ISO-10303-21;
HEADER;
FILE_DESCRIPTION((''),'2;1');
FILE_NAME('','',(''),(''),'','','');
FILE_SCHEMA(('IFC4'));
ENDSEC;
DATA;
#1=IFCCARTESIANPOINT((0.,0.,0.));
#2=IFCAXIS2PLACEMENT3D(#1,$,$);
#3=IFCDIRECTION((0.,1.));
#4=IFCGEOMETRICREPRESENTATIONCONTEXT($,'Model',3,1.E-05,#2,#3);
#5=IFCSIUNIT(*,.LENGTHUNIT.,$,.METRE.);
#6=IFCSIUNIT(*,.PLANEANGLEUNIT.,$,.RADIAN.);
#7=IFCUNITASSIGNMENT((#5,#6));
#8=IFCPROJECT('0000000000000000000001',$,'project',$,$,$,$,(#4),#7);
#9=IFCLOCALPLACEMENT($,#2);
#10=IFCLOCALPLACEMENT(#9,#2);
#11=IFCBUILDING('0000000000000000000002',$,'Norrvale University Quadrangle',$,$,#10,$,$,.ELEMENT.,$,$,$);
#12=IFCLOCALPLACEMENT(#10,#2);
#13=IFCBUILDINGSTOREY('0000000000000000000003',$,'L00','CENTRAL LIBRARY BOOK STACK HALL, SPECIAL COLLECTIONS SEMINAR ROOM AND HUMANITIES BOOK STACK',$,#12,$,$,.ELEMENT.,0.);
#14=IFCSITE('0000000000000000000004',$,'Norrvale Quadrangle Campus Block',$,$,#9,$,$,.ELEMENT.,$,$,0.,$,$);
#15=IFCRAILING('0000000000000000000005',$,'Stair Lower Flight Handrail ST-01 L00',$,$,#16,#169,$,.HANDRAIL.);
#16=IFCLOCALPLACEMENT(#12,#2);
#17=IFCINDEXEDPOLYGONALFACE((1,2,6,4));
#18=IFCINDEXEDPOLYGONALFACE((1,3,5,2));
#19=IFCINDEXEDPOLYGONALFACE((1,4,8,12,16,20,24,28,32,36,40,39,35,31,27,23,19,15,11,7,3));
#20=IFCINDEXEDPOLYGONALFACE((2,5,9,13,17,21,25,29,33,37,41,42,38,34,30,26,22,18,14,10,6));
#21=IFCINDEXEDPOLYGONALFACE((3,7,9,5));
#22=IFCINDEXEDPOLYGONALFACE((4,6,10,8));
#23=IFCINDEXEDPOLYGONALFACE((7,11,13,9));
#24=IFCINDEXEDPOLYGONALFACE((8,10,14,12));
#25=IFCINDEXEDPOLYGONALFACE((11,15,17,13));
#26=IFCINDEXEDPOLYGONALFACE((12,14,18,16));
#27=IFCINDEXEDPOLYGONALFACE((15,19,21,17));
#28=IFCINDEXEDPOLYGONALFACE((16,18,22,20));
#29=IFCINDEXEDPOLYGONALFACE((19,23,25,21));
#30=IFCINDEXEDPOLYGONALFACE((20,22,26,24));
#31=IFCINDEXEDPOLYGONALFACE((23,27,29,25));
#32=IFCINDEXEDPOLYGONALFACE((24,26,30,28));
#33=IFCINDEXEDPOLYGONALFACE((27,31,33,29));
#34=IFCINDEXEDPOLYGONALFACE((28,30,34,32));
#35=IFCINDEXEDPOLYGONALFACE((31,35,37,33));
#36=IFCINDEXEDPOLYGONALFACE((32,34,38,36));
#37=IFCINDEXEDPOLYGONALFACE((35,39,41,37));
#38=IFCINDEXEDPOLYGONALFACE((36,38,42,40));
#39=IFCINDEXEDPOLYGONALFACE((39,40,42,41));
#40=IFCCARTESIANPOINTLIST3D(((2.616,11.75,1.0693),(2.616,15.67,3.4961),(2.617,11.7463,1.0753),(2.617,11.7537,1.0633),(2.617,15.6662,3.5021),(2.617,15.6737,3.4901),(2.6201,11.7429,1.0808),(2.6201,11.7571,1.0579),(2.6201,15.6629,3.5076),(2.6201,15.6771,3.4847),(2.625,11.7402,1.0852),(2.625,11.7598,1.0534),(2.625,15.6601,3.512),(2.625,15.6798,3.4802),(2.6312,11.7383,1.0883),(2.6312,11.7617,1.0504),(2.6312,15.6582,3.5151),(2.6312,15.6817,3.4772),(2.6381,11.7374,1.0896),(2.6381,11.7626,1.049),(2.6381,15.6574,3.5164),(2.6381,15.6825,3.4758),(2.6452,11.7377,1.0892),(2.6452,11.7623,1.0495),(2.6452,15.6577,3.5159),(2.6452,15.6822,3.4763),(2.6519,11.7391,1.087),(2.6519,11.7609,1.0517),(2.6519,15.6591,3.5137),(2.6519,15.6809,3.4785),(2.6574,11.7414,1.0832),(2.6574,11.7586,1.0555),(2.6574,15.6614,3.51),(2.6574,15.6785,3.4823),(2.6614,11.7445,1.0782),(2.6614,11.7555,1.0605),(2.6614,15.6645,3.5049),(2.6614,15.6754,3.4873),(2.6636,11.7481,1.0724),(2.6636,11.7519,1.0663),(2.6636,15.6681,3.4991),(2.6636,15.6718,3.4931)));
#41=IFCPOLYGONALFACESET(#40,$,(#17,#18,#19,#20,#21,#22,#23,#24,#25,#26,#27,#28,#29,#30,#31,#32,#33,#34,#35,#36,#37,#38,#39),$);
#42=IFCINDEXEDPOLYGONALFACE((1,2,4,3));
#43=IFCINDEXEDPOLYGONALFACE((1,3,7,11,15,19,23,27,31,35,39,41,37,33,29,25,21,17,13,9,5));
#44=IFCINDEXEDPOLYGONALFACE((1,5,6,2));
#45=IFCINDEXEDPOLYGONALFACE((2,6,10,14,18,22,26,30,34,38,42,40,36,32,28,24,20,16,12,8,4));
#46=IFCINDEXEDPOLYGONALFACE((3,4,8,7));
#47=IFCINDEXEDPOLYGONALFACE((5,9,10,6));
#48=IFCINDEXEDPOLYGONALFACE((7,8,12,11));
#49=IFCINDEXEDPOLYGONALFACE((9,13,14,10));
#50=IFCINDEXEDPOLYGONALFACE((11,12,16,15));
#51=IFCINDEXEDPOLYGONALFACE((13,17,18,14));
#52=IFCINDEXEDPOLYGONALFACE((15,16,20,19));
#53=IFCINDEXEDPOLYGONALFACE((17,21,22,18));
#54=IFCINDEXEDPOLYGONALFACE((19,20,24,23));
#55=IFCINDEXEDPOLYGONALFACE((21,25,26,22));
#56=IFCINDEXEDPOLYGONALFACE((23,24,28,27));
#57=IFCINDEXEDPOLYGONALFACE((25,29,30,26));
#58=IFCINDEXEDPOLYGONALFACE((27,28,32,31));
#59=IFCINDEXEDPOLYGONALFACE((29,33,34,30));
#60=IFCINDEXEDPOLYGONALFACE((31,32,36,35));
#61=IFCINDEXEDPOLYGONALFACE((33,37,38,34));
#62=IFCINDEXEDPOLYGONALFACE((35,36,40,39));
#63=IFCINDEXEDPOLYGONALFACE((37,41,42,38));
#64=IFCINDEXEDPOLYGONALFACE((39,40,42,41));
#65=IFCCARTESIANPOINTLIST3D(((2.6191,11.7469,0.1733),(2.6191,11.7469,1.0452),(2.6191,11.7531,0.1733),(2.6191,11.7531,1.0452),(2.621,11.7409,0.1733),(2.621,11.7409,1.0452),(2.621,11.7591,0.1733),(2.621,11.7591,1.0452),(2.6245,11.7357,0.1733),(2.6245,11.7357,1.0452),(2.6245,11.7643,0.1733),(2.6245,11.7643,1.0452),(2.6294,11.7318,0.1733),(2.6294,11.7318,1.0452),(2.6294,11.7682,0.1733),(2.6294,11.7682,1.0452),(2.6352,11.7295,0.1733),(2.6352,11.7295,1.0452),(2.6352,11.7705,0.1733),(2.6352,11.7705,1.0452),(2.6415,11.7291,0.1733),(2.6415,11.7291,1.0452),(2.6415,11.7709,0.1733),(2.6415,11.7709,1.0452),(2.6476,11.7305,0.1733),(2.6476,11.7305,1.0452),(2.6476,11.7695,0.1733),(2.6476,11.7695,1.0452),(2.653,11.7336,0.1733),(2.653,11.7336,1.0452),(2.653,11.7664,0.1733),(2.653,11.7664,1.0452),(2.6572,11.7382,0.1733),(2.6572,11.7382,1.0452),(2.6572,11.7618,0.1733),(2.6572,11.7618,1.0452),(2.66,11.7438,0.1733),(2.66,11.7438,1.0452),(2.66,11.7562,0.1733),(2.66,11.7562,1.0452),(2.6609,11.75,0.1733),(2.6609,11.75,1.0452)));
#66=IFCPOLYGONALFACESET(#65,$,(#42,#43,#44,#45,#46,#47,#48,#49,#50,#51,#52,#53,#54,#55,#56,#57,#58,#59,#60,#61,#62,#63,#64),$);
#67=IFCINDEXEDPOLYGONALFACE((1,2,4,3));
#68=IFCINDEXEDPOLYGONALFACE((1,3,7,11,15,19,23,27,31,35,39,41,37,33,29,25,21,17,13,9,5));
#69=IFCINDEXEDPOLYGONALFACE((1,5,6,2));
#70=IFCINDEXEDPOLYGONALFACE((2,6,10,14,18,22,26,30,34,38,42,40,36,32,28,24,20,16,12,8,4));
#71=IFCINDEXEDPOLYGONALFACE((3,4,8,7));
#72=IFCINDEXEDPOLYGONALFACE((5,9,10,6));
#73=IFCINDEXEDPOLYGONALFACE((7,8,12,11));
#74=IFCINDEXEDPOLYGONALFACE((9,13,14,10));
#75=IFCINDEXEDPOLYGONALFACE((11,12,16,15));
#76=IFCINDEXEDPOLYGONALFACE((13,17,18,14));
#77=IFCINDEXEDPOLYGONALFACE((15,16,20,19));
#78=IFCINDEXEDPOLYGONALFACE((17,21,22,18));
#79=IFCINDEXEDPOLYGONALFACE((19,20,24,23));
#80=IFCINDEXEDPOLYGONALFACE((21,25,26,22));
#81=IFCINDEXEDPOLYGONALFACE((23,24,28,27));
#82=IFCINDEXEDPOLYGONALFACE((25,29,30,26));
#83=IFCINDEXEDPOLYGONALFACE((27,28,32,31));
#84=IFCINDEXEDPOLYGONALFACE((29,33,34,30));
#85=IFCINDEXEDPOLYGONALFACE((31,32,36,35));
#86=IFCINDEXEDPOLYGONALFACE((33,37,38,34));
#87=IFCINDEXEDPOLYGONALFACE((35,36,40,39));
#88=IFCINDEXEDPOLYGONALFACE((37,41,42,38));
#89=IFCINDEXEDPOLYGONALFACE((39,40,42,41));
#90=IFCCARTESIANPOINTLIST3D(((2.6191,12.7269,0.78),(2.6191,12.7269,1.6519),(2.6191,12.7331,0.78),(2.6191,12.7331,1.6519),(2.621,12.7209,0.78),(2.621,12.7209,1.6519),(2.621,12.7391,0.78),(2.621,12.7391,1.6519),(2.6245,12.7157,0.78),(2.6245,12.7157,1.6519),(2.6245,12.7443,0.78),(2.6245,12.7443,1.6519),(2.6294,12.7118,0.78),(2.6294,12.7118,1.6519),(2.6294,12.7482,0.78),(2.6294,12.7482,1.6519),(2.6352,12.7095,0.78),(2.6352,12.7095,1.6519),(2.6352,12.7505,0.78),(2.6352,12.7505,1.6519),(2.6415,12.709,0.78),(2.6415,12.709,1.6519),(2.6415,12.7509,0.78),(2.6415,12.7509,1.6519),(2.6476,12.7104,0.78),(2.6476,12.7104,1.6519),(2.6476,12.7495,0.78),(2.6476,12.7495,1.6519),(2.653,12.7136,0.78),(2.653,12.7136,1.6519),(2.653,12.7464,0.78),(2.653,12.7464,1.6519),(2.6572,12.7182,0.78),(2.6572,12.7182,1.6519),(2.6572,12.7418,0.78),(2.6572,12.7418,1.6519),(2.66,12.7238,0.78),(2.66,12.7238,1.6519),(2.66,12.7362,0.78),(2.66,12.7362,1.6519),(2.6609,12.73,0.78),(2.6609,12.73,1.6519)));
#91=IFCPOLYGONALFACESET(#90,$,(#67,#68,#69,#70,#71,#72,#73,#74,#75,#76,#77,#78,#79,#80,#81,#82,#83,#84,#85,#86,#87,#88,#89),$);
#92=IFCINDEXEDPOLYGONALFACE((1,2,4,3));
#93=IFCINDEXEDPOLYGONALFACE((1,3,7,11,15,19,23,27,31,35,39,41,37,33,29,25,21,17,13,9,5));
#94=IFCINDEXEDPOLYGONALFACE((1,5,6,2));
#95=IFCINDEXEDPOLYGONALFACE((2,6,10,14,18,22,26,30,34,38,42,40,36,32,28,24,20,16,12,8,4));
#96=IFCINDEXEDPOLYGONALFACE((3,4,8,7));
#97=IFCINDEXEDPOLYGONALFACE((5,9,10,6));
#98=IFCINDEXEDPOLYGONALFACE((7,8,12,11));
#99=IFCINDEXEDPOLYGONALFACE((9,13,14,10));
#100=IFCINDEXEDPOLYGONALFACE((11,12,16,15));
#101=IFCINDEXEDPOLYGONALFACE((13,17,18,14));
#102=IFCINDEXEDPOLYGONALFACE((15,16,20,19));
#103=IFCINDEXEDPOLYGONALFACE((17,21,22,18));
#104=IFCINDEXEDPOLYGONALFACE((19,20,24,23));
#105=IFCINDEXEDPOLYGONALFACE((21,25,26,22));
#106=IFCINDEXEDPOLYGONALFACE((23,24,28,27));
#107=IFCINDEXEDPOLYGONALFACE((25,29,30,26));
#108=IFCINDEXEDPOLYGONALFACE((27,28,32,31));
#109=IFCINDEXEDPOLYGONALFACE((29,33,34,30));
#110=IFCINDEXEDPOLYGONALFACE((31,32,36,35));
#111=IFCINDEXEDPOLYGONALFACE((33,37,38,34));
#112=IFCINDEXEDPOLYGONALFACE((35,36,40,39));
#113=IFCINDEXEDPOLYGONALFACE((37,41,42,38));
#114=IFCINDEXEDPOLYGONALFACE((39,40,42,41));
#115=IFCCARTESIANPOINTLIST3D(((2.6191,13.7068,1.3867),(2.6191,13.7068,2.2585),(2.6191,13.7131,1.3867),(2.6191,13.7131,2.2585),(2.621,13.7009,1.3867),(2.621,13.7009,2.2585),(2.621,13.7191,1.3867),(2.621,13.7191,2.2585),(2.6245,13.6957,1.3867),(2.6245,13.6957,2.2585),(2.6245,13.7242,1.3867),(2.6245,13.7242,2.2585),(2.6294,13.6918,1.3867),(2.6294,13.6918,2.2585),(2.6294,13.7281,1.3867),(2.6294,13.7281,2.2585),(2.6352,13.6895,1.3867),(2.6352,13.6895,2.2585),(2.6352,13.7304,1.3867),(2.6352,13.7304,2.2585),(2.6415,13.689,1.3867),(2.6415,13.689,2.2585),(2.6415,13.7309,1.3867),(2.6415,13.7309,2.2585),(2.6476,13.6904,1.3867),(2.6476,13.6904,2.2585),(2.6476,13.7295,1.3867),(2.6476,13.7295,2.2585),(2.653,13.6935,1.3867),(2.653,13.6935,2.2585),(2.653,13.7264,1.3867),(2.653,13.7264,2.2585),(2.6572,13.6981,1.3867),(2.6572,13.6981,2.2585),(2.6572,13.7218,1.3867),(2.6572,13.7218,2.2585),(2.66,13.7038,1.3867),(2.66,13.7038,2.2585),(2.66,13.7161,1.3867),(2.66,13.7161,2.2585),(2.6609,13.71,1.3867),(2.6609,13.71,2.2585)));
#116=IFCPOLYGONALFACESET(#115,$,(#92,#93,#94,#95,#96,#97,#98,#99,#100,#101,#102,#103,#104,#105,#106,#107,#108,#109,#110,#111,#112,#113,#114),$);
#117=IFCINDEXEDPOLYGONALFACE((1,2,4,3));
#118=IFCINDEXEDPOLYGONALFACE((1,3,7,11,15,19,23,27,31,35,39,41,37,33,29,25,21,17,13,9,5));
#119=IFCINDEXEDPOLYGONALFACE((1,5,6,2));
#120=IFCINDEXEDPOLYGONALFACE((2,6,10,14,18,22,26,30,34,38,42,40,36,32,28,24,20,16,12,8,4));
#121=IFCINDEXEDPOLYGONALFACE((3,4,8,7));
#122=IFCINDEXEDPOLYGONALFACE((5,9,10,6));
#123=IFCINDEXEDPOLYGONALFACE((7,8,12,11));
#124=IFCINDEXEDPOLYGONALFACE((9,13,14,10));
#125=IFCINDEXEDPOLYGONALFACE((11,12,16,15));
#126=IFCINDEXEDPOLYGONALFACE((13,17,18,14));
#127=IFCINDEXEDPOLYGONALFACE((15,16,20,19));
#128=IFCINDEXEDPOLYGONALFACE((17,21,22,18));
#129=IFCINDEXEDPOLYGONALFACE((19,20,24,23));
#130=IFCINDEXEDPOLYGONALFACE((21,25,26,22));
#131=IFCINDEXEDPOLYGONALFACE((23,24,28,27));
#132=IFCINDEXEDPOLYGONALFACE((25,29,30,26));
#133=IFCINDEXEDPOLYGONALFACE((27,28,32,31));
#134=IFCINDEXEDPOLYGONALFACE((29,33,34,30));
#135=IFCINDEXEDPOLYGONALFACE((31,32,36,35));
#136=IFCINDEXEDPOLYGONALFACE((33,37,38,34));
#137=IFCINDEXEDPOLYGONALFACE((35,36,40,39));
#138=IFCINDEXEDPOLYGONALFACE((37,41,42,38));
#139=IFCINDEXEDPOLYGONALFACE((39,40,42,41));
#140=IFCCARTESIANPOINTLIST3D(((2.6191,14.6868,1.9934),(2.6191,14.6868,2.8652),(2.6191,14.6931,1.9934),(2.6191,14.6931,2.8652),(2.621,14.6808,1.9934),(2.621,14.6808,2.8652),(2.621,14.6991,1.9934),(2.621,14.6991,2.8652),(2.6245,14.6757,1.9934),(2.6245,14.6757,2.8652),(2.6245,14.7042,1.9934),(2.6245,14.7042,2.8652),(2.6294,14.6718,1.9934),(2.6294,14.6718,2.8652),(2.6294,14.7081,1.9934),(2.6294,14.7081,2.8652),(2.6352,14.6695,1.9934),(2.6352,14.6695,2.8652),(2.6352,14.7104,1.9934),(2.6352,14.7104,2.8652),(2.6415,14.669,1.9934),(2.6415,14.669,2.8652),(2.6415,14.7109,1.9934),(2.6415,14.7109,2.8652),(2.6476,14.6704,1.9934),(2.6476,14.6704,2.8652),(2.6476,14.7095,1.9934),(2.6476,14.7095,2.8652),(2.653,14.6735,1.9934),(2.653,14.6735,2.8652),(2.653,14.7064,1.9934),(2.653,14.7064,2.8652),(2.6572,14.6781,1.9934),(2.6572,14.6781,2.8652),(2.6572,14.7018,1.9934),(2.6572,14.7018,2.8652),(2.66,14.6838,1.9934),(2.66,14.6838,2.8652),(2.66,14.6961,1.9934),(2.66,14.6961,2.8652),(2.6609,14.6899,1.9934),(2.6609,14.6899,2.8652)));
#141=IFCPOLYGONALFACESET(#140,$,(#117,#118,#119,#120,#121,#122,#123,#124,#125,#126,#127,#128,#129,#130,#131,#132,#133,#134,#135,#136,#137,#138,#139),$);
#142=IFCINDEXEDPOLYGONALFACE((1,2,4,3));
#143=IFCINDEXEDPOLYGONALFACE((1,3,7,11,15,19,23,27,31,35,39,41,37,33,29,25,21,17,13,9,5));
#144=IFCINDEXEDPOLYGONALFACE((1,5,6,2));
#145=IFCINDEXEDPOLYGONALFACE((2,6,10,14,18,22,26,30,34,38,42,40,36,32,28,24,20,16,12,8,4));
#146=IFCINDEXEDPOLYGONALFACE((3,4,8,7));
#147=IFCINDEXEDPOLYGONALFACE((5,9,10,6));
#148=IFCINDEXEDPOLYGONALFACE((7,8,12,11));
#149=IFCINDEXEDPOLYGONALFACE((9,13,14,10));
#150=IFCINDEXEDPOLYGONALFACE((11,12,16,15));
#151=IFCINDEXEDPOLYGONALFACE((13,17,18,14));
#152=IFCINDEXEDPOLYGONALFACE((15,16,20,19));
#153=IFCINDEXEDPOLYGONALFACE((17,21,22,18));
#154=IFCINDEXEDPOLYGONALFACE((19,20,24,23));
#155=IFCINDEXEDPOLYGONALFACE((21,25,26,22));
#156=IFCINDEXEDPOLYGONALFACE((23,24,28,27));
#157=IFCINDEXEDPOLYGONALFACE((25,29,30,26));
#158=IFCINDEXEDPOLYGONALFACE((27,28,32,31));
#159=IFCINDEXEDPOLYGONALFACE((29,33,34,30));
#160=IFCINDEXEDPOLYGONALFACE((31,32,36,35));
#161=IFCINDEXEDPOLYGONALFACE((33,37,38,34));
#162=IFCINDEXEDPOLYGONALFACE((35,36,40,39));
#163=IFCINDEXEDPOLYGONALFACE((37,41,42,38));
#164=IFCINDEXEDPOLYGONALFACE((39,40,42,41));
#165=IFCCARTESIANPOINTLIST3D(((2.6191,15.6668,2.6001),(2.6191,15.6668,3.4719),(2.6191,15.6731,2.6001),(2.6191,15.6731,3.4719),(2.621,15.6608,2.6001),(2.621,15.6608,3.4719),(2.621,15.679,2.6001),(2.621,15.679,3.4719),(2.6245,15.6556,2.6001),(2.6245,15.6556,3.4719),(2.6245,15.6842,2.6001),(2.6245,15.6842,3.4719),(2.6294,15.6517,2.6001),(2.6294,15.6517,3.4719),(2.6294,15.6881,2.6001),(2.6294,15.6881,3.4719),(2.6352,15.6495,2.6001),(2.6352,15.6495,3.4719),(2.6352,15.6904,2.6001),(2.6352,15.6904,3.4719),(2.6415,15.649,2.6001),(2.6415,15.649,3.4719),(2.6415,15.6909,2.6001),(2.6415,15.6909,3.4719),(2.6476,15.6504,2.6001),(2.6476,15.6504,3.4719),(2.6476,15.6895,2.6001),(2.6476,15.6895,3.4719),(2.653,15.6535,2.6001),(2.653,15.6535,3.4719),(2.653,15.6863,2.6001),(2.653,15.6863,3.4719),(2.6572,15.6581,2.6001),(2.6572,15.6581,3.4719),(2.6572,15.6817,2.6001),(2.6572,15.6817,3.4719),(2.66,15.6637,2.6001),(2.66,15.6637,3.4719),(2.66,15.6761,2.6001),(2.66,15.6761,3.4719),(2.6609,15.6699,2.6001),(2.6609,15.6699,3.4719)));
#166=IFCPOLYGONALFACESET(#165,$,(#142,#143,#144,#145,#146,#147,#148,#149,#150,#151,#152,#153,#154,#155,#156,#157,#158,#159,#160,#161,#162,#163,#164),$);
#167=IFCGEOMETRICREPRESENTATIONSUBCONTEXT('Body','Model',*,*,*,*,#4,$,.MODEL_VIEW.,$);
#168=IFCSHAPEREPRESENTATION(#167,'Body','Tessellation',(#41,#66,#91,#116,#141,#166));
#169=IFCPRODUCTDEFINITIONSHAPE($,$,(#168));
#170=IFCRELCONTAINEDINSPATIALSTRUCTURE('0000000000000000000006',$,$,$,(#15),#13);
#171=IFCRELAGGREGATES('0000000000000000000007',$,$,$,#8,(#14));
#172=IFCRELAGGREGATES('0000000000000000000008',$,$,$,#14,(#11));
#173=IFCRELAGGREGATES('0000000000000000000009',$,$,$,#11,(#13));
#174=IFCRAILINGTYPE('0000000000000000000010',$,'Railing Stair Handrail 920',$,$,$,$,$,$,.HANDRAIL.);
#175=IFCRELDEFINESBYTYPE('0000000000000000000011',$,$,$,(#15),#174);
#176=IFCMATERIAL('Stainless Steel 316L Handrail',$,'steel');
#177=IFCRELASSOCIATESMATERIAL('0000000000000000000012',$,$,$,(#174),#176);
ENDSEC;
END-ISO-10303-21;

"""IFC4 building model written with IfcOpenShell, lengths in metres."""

from ifc_helpers import new_model, si_unit, direction, frame, origin, origin_2d, place, context, subcontext, project, spatial, circle, extrude, material, type_object, element, save


model = new_model("IFC4")

# Units and contexts
model_context = context("Model", 3, precision=1e-05, world=origin(), true_north=direction((0.0, 1.0)))
body_context = subcontext(model_context, "Body", "Model", "MODEL_VIEW")
ifc_project = project(units=[si_unit("LENGTHUNIT", "METRE"), si_unit("PLANEANGLEUNIT", "RADIAN")], contexts=[model_context])

# Site, building, storey
site_placement = place(None, origin())
site = spatial("IfcSite", under=ifc_project, at=site_placement, Name="Norrvale Quadrangle Campus Block", CompositionType="ELEMENT", RefElevation=0.0)
building_placement = place(site_placement, origin())
building = spatial("IfcBuilding", under=site, at=building_placement, Name="Norrvale University Quadrangle", CompositionType="ELEMENT")
storey_placement = place(building_placement, origin())
storey = spatial("IfcBuildingStorey", under=building, at=storey_placement, Name="L00", Description="CENTRAL LIBRARY BOOK STACK HALL, SPECIAL COLLECTIONS SEMINAR ROOM AND HUMANITIES BOOK STACK", CompositionType="ELEMENT", Elevation=0.0)

# Railing
ifc_material_1 = material(Name="Stainless Steel 316L Handrail", Category="steel")
railing_type_1 = type_object("IfcRailingType", Name="Railing Stair Handrail 920", PredefinedType="HANDRAIL", material=ifc_material_1)
railing_1_placement = place(storey_placement, frame((2.6399, 11.75, 0.1733)))
element("IfcRailing", 1, at=railing_1_placement, inside=storey, type_object=railing_type_1, Name="Stair Lower Flight Handrail ST-01 L00", PredefinedType="HANDRAIL", context=body_context, shape_type="SweptSolid", body=[
    extrude(circle(Radius=0.0239, at=origin_2d()), frame((0.0, 0.0, 0.896), z_axis=(0.0, 0.850252, 0.526376), x_axis=(-1.0, 0.0, 0.0)), (0.0, 0.0, 1.0), 4.6104),
    extrude(circle(Radius=0.021, at=origin_2d()), origin(), (0.0, 0.0, 1.0), 0.8718),
    extrude(circle(Radius=0.021, at=origin_2d()), frame((0.0, 0.98, 0.6067)), (0.0, 0.0, 1.0), 0.8718),
    extrude(circle(Radius=0.021, at=origin_2d()), frame((0.0, 1.96, 1.2134)), (0.0, 0.0, 1.0), 0.8718),
    extrude(circle(Radius=0.021, at=origin_2d()), frame((0.0, 2.9399, 1.8201)), (0.0, 0.0, 1.0), 0.8718),
    extrude(circle(Radius=0.021, at=origin_2d()), frame((0.0, 3.9199, 2.4268)), (0.0, 0.0, 1.0), 0.8718),
])

save(model, "model.ifc")
